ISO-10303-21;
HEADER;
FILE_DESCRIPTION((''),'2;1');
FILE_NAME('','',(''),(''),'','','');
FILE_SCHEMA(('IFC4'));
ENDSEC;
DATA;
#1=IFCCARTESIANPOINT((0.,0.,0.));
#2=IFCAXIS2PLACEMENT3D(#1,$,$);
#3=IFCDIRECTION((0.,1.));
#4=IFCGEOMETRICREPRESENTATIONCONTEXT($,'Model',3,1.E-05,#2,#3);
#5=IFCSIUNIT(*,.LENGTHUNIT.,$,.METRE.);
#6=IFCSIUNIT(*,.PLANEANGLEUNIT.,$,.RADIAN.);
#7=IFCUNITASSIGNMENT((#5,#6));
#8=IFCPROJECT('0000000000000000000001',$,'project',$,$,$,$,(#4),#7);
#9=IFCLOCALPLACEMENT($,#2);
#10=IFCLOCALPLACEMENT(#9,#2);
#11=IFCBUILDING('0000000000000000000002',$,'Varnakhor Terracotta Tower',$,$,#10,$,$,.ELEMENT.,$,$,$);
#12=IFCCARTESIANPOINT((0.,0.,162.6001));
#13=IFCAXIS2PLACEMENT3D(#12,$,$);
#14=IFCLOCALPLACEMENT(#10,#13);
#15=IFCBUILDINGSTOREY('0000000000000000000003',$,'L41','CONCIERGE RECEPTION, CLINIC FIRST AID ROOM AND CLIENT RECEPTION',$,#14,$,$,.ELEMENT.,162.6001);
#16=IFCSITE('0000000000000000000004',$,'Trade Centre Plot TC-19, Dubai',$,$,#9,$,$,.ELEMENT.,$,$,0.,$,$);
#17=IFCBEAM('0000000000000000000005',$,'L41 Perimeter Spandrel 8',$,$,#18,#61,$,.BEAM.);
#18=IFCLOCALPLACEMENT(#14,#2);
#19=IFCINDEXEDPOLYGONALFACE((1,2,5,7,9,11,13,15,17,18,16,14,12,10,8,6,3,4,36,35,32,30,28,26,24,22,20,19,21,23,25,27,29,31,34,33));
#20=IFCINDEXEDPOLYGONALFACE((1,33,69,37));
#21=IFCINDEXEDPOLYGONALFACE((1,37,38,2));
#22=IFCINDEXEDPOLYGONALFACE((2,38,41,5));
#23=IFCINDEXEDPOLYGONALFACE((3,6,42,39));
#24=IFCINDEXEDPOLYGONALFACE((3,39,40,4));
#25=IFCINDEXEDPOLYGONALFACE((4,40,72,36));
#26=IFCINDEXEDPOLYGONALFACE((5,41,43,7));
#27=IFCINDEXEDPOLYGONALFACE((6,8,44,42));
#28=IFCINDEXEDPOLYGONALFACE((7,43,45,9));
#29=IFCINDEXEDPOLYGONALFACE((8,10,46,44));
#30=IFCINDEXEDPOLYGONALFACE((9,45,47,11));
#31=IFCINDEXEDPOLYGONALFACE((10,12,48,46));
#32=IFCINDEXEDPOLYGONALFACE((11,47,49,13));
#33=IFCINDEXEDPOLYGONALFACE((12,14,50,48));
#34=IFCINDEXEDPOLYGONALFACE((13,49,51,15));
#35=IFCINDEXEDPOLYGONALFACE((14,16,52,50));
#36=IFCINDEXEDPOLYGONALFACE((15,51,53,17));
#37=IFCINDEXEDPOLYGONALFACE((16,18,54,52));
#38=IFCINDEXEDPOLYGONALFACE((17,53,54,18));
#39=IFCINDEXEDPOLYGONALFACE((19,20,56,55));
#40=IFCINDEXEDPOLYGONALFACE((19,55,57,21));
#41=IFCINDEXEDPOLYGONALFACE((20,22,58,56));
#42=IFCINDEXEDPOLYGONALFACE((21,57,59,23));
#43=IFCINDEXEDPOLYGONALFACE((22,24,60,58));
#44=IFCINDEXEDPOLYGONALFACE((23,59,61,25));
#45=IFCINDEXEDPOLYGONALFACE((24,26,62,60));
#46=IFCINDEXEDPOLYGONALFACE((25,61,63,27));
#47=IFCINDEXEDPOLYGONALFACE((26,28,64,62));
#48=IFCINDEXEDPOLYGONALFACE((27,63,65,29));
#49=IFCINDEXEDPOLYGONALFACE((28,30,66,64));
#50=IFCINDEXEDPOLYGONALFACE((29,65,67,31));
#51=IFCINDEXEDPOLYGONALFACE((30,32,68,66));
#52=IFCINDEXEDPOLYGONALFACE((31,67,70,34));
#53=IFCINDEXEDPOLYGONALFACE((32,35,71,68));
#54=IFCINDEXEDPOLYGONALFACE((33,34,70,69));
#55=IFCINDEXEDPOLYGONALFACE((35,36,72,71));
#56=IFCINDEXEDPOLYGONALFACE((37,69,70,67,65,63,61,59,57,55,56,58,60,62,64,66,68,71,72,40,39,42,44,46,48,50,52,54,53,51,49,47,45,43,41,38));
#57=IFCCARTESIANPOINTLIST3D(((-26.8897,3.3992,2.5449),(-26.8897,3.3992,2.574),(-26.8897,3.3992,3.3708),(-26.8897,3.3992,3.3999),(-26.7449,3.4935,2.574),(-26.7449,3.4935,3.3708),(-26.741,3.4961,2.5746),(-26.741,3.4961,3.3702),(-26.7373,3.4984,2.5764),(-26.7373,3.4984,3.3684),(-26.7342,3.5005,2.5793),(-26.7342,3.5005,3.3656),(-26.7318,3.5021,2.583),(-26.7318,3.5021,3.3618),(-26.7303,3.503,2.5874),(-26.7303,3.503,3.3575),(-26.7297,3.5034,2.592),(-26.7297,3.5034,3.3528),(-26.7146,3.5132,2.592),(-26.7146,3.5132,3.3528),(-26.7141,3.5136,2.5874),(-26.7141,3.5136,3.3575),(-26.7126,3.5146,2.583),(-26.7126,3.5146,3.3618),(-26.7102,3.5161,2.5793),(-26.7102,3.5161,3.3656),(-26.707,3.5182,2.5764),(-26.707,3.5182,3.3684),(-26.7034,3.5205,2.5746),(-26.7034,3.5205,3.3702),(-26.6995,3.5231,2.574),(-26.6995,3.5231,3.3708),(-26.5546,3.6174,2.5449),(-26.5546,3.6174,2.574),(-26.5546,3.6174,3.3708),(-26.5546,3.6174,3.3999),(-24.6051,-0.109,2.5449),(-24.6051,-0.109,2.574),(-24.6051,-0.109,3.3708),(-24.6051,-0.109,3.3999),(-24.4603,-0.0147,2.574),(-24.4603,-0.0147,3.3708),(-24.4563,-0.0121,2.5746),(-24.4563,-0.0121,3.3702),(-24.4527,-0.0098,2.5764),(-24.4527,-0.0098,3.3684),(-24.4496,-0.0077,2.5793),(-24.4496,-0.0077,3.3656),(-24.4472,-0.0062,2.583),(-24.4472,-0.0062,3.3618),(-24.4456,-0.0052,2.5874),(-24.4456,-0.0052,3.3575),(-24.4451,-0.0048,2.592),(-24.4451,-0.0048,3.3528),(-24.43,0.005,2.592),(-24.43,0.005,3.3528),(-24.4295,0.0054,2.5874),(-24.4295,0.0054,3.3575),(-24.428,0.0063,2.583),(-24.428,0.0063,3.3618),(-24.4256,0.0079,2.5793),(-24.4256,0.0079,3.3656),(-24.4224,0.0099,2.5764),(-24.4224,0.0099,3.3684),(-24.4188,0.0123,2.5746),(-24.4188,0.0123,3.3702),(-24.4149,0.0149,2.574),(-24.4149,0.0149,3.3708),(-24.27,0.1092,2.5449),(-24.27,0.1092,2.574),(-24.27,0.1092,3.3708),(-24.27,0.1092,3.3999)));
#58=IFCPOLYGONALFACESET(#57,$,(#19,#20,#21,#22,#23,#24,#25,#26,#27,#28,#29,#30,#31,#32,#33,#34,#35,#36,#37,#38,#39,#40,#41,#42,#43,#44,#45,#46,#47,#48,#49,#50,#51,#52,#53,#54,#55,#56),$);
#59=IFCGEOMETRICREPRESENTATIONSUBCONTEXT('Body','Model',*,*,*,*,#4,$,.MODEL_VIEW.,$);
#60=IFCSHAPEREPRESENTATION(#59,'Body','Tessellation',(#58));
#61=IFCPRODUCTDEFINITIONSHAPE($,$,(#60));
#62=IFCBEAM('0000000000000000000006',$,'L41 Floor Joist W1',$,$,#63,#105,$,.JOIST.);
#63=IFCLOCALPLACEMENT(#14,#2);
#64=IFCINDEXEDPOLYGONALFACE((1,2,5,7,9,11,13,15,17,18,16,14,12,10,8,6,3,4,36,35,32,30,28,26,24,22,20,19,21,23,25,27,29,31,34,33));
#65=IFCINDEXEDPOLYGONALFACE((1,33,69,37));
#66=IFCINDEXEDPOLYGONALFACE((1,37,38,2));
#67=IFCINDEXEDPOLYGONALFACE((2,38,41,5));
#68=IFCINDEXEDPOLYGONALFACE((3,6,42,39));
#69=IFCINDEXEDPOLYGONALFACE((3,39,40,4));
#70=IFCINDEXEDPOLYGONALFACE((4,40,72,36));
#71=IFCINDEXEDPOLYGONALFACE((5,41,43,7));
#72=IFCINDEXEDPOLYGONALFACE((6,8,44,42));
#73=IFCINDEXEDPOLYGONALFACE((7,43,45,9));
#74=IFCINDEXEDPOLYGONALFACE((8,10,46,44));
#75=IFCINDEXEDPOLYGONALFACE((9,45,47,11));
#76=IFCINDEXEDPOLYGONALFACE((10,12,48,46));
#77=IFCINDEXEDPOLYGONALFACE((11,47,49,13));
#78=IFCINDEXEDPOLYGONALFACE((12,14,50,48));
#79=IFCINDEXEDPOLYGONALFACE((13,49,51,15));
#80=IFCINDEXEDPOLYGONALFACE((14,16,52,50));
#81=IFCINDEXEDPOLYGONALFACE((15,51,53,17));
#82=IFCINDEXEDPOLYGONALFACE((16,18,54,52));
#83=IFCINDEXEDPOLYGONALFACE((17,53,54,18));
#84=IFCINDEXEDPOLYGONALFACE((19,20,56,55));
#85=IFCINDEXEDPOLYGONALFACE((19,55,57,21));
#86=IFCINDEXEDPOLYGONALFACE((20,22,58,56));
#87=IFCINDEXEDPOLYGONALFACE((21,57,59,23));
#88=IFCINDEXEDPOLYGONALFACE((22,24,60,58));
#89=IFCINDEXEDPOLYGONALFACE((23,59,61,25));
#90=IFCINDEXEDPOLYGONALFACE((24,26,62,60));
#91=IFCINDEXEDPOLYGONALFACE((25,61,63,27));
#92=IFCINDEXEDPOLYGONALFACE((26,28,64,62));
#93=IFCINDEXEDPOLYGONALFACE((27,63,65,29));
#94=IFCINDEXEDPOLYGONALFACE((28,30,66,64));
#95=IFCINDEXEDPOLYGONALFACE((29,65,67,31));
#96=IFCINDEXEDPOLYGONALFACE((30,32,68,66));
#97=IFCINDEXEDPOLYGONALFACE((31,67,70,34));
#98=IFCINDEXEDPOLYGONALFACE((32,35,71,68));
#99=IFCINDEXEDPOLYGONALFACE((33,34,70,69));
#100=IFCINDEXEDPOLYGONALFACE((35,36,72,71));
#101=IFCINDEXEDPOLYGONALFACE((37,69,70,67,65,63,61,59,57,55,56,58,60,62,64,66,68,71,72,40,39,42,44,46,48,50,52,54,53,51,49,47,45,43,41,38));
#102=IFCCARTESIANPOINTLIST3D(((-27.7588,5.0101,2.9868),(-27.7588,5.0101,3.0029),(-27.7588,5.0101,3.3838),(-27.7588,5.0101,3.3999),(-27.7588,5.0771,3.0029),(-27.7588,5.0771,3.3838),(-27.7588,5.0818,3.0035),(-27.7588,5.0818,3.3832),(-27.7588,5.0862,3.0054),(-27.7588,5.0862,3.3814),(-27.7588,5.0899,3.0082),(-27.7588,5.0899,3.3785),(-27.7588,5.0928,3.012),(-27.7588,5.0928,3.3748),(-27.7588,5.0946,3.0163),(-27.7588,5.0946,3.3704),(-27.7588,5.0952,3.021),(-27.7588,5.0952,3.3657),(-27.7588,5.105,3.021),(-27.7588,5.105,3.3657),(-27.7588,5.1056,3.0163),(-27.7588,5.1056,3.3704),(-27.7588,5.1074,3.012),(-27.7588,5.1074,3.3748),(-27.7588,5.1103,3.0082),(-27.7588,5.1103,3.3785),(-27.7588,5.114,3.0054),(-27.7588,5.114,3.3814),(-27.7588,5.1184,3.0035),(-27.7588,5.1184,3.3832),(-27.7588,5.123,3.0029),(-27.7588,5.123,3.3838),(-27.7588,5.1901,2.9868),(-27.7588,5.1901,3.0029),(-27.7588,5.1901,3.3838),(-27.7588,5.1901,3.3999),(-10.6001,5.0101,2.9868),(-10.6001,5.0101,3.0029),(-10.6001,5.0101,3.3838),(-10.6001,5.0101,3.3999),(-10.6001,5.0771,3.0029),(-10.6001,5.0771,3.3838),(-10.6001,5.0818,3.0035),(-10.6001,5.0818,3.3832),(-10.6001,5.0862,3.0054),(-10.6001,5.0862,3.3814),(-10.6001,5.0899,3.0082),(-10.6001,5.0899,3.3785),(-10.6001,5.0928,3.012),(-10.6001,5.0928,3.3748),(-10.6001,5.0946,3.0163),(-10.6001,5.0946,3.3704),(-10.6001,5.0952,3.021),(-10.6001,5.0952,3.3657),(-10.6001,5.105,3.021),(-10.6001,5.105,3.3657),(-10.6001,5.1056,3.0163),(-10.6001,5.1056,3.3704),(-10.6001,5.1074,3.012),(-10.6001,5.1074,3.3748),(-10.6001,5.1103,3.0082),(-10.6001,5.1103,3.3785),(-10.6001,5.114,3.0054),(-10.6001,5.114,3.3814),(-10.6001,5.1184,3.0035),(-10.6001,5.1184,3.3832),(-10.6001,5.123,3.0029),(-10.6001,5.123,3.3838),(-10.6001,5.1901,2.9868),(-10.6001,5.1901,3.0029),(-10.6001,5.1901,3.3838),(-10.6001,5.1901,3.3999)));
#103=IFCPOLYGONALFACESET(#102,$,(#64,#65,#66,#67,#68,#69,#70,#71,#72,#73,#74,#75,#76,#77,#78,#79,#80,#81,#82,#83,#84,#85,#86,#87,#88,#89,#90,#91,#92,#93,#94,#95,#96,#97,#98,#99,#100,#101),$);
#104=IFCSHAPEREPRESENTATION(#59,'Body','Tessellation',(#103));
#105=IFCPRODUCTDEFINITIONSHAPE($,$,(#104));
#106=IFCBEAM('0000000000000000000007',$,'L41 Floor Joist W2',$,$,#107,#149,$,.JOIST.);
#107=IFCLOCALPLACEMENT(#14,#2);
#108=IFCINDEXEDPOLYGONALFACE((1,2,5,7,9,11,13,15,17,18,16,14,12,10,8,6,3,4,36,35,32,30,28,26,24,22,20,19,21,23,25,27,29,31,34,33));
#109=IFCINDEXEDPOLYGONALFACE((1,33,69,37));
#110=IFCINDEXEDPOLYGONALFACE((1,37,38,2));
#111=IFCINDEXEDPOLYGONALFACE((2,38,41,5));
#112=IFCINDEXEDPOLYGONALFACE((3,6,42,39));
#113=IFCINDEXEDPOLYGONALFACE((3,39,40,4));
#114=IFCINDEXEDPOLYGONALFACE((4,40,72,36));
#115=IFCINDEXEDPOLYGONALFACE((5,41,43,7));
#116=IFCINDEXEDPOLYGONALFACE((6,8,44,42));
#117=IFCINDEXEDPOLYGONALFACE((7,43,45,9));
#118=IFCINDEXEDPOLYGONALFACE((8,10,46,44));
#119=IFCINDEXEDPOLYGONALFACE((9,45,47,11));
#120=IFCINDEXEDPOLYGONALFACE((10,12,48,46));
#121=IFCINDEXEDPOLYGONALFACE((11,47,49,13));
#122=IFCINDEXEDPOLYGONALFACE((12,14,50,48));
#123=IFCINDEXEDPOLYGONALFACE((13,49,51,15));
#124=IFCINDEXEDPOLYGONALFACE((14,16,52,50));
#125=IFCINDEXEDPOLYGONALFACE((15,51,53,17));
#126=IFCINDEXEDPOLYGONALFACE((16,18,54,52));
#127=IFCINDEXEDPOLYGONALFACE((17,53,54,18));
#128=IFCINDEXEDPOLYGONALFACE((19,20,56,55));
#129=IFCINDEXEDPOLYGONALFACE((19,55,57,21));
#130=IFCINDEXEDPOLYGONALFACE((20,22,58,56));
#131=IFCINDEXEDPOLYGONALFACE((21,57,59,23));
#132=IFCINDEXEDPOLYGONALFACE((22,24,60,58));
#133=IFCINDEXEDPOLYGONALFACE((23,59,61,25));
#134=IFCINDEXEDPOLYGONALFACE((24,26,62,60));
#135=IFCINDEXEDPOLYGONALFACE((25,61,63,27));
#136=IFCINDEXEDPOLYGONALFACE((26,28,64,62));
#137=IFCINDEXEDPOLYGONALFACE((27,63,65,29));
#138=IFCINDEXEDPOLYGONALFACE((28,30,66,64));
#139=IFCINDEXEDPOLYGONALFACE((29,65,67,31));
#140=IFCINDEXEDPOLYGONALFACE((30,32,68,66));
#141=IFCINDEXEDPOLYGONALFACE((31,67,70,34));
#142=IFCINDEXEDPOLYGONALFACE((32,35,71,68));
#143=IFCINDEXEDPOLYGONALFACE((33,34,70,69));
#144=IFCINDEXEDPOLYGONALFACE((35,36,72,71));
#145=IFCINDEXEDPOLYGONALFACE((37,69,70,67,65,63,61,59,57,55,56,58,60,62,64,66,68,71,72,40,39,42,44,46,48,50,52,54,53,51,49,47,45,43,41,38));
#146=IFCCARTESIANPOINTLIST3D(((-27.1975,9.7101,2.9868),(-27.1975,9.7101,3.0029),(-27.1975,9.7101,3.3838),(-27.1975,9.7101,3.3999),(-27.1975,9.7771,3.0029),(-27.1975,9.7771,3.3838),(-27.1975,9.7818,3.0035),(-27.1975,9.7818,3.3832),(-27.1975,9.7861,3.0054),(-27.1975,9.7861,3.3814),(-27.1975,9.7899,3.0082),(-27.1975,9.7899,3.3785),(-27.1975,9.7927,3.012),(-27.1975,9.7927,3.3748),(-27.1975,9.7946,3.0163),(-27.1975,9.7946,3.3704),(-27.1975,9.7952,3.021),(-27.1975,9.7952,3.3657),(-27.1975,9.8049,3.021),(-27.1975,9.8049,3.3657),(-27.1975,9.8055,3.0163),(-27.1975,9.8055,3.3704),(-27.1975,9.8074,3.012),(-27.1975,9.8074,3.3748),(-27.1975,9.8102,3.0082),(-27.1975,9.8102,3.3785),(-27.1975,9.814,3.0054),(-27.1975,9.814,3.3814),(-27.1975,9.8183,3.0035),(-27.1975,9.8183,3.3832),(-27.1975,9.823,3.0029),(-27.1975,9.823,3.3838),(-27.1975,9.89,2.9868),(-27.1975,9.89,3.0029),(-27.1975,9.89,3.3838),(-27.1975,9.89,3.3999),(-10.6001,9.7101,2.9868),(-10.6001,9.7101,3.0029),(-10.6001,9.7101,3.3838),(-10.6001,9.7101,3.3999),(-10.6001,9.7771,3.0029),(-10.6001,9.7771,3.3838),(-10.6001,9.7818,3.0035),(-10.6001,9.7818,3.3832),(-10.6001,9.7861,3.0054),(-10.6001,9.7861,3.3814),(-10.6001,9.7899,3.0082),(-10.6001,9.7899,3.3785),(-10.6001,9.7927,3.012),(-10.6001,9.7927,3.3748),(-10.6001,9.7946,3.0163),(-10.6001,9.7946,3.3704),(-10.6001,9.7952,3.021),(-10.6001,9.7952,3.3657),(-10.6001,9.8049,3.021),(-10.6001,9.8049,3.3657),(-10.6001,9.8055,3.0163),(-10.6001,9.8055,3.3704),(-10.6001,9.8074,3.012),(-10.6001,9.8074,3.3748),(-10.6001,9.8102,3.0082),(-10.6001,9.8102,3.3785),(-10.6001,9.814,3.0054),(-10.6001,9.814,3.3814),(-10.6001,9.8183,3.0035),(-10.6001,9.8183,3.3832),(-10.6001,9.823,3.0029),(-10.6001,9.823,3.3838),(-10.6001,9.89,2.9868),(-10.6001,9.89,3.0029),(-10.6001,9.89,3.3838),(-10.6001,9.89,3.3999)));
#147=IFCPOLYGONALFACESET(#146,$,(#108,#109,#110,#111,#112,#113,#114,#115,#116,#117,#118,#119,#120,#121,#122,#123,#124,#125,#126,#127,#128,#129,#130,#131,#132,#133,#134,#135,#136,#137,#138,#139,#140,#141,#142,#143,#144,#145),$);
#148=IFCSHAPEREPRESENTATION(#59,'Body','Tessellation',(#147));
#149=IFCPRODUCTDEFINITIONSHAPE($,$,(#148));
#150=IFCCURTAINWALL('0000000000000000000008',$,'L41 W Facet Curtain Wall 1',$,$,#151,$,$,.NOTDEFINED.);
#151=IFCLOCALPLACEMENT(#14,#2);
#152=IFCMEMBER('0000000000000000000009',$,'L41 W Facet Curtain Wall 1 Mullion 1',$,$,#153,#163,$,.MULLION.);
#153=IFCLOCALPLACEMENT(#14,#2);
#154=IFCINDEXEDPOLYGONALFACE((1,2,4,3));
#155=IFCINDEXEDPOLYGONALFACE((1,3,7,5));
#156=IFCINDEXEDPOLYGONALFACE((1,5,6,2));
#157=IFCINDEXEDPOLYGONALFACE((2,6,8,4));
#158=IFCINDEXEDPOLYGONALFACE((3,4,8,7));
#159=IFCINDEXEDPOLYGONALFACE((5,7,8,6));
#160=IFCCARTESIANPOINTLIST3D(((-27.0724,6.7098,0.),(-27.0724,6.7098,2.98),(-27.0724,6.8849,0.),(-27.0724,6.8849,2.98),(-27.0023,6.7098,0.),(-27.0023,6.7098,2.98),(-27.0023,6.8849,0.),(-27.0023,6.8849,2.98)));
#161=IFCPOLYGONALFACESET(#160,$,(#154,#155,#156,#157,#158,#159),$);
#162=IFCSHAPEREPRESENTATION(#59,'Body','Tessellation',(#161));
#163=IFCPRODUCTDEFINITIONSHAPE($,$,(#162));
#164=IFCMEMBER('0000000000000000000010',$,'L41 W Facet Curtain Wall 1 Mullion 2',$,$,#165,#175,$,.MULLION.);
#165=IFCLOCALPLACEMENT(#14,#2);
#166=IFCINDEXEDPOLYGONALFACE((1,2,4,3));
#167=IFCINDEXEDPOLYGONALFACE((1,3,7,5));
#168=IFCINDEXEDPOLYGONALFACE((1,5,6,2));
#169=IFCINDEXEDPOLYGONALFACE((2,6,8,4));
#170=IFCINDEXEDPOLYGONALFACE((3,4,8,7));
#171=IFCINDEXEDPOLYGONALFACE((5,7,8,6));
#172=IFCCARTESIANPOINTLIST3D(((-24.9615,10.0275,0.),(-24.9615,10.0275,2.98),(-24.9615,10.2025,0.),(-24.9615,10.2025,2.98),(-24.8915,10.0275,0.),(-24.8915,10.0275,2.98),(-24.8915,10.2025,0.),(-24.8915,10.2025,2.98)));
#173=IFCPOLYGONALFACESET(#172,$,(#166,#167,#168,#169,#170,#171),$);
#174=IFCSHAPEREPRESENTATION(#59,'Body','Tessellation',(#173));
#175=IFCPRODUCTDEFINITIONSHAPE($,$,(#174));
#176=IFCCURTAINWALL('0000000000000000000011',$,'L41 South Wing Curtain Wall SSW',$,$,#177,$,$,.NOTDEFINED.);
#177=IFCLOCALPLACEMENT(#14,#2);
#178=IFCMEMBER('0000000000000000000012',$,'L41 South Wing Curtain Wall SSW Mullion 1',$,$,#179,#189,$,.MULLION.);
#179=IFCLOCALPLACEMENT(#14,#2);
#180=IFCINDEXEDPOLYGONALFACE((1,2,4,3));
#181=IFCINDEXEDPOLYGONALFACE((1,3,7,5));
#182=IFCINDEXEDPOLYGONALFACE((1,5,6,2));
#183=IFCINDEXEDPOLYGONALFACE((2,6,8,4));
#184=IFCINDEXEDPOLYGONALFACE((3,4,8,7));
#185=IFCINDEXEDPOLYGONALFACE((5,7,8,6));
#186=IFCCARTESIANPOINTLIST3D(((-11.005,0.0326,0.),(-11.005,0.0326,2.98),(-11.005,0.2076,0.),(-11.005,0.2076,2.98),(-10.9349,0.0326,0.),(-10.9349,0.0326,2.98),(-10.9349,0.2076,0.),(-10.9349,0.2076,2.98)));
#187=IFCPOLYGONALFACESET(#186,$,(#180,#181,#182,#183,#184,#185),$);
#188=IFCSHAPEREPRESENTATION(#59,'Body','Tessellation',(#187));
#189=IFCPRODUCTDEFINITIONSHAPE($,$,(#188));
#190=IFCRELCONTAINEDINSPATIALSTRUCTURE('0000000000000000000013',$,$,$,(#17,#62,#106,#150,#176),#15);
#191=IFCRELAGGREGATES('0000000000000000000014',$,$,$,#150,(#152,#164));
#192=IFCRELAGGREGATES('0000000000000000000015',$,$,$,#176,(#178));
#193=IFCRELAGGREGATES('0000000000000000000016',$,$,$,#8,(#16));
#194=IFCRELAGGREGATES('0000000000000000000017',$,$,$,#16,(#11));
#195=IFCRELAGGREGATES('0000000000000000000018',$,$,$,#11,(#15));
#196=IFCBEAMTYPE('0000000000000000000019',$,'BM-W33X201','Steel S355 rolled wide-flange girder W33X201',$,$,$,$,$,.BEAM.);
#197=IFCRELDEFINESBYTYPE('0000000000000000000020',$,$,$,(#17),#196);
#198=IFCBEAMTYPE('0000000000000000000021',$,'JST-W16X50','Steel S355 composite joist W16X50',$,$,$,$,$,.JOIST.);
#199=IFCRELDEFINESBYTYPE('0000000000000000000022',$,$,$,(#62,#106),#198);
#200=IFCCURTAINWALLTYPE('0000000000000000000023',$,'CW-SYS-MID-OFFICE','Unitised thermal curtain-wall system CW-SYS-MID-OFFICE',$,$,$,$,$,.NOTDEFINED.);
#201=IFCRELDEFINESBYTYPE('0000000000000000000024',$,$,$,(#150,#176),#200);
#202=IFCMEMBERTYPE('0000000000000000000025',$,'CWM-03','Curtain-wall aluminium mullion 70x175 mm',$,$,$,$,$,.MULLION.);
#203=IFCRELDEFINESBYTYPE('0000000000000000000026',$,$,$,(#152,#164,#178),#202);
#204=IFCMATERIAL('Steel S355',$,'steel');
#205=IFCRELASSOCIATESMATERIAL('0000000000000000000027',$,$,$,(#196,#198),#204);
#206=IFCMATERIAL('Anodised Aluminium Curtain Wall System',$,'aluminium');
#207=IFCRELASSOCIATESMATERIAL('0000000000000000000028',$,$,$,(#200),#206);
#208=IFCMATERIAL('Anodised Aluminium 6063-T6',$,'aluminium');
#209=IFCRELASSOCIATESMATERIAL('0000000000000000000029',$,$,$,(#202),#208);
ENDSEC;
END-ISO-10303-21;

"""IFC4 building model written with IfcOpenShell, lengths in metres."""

from ifc_helpers import new_model, si_unit, direction, frame, origin, origin_2d, place, context, subcontext, project, spatial, rectangle, i_section, extrude, source, transform, mapped, material, material_profile, profile_set, type_object, element, aggregate, save


model = new_model("IFC4")

# Units and contexts
model_context = context("Model", 3, precision=1e-05, world=origin(), true_north=direction((0.0, 1.0)))
body_context = subcontext(model_context, "Body", "Model", "MODEL_VIEW")
ifc_project = project(units=[si_unit("LENGTHUNIT", "METRE"), si_unit("PLANEANGLEUNIT", "RADIAN")], contexts=[model_context])

# Site, building, storey
site_placement = place(None, origin())
site = spatial("IfcSite", under=ifc_project, at=site_placement, Name="Trade Centre Plot TC-19, Dubai", CompositionType="ELEMENT", RefElevation=0.0)
building_placement = place(site_placement, origin())
building = spatial("IfcBuilding", under=site, at=building_placement, Name="Varnakhor Terracotta Tower", CompositionType="ELEMENT")
storey_placement = place(building_placement, frame((0.0, 0.0, 162.6001)))
storey = spatial("IfcBuildingStorey", under=building, at=storey_placement, Name="L41", Description="CONCIERGE RECEPTION, CLINIC FIRST AID ROOM AND CLIENT RECEPTION", CompositionType="ELEMENT", Elevation=162.6001)

# Beams
ifc_material_1 = material(Name="Steel S355", Category="steel")
ifc_material_profile_1 = material_profile(ifc_material_1, i_section(OverallWidth=0.3999, OverallDepth=0.855, WebThickness=0.0181, FlangeThickness=0.0291, FilletRadius=0.0181, at=origin_2d()), Name="W33X201")
ifc_profile_set_1 = profile_set([ifc_material_profile_1], Name="Steel S355")
beam_type_1 = type_object("IfcBeamType", Name="BM-W33X201", Description="Steel S355 rolled wide-flange girder W33X201", PredefinedType="BEAM", material=ifc_profile_set_1)
shared_shape_1 = source(origin(), body_context, "Body", "SweptSolid", [
    extrude(i_section(OverallWidth=0.3999, OverallDepth=0.855, WebThickness=0.0181, FlangeThickness=0.0291, FilletRadius=0.0181, at=origin_2d()), origin(), (0.0, 0.0, 1.0), 4.1865),
])
for number, where, z_axis, x_axis, name in (
    (1, (-26.7222, 3.5083, 2.9724), (0.545706, -0.837977, 0.0), (0.837977, 0.545706, 0.0), "L41 Perimeter Spandrel 8"),
):
    element("IfcBeam", number, at=place(storey_placement, frame(where, z_axis=z_axis, x_axis=x_axis)), inside=storey, type_object=beam_type_1, Name=name, PredefinedType="BEAM", context=body_context, shape_type="MappedRepresentation", body=[
        mapped(shared_shape_1, transform((0.0, 0.0, 0.0), scale=1.0)),
    ])
ifc_material_profile_2 = material_profile(ifc_material_1, i_section(OverallWidth=0.1799, OverallDepth=0.4131, WebThickness=0.0098, FlangeThickness=0.0161, FilletRadius=0.0181, at=origin_2d()), Name="W16X50")
ifc_profile_set_2 = profile_set([ifc_material_profile_2], Name="Steel S355")
beam_type_2 = type_object("IfcBeamType", Name="JST-W16X50", Description="Steel S355 composite joist W16X50", PredefinedType="JOIST", material=ifc_profile_set_2)
shared_shape_2 = source(origin(), body_context, "Body", "SweptSolid", [
    extrude(i_section(OverallWidth=0.1799, OverallDepth=0.4131, WebThickness=0.0098, FlangeThickness=0.0161, FilletRadius=0.0181, at=origin_2d()), origin(), (0.0, 0.0, 1.0), 17.1587),
])
beam_1_placement = place(storey_placement, frame((-27.7588, 5.1001, 3.1934), z_axis=(1.0, 0.0, 0.0), x_axis=(0.0, 1.0, 0.0)))
element("IfcBeam", 2, at=beam_1_placement, inside=storey, type_object=beam_type_2, Name="L41 Floor Joist W1", PredefinedType="JOIST", context=body_context, shape_type="MappedRepresentation", body=[
    mapped(shared_shape_2, transform((0.0, 0.0, 0.0), scale=1.0)),
])
shared_shape_3 = source(origin(), body_context, "Body", "SweptSolid", [
    extrude(i_section(OverallWidth=0.1799, OverallDepth=0.4131, WebThickness=0.0098, FlangeThickness=0.0161, FilletRadius=0.0181, at=origin_2d()), origin(), (0.0, 0.0, 1.0), 16.5974),
])
beam_2_placement = place(storey_placement, frame((-27.1975, 9.8, 3.1934), z_axis=(1.0, 0.0, 0.0), x_axis=(0.0, 1.0, 0.0)))
element("IfcBeam", 3, at=beam_2_placement, inside=storey, type_object=beam_type_2, Name="L41 Floor Joist W2", PredefinedType="JOIST", context=body_context, shape_type="MappedRepresentation", body=[
    mapped(shared_shape_3, transform((0.0, 0.0, 0.0), scale=1.0)),
])

# Curtain walls, members
ifc_material_2 = material(Name="Anodised Aluminium Curtain Wall System", Category="aluminium")
curtain_wall_type = type_object("IfcCurtainWallType", Name="CW-SYS-MID-OFFICE", Description="Unitised thermal curtain-wall system CW-SYS-MID-OFFICE", PredefinedType="NOTDEFINED", material=ifc_material_2)
curtain_wall_1_placement = place(storey_placement, origin())
curtain_wall_1 = element("IfcCurtainWall", 4, at=curtain_wall_1_placement, inside=storey, type_object=curtain_wall_type, Name="L41 W Facet Curtain Wall 1", PredefinedType="NOTDEFINED")
ifc_material_3 = material(Name="Anodised Aluminium 6063-T6", Category="aluminium")
ifc_material_profile_3 = material_profile(ifc_material_3, rectangle(XDim=0.0701, YDim=0.175, at=origin_2d()), Name="ALU MULLION 70x175")
ifc_profile_set_3 = profile_set([ifc_material_profile_3], Name="Anodised Aluminium 6063-T6")
member_type_1 = type_object("IfcMemberType", Name="CWM-03", Description="Curtain-wall aluminium mullion 70x175 mm", PredefinedType="MULLION", material=ifc_profile_set_3)
shared_shape_4 = source(origin(), body_context, "Body", "SweptSolid", [
    extrude(rectangle(XDim=0.0701, YDim=0.175, at=origin_2d()), origin(), (0.0, 0.0, 1.0), 2.98),
])
member_1_placement = place(storey_placement, frame((-27.0374, 6.7974, 0.0), z_axis=(0.0, 0.0, 1.0), x_axis=(1.0, 0.0, 0.0)))
member_1 = element("IfcMember", 5, at=member_1_placement, type_object=member_type_1, Name="L41 W Facet Curtain Wall 1 Mullion 1", PredefinedType="MULLION", context=body_context, shape_type="MappedRepresentation", body=[
    mapped(shared_shape_4, transform((0.0, 0.0, 0.0), scale=1.0)),
])
member_2_placement = place(storey_placement, frame((-24.9265, 10.115, 0.0), z_axis=(0.0, 0.0, 1.0), x_axis=(1.0, 0.0, 0.0)))
member_2 = element("IfcMember", 6, at=member_2_placement, type_object=member_type_1, Name="L41 W Facet Curtain Wall 1 Mullion 2", PredefinedType="MULLION", context=body_context, shape_type="MappedRepresentation", body=[
    mapped(shared_shape_4, transform((0.0, 0.0, 0.0), scale=1.0)),
])
curtain_wall_2_placement = place(storey_placement, origin())
curtain_wall_2 = element("IfcCurtainWall", 7, at=curtain_wall_2_placement, inside=storey, type_object=curtain_wall_type, Name="L41 South Wing Curtain Wall SSW", PredefinedType="NOTDEFINED")
member_3_placement = place(storey_placement, frame((-10.97, 0.1201, 0.0), z_axis=(0.0, 0.0, 1.0), x_axis=(1.0, 0.0, 0.0)))
member_3 = element("IfcMember", 8, at=member_3_placement, type_object=member_type_1, Name="L41 South Wing Curtain Wall SSW Mullion 1", PredefinedType="MULLION", context=body_context, shape_type="MappedRepresentation", body=[
    mapped(shared_shape_4, transform((0.0, 0.0, 0.0), scale=1.0)),
])

aggregate(curtain_wall_1, [member_1, member_2])
aggregate(curtain_wall_2, [member_3])

save(model, "model.ifc")
